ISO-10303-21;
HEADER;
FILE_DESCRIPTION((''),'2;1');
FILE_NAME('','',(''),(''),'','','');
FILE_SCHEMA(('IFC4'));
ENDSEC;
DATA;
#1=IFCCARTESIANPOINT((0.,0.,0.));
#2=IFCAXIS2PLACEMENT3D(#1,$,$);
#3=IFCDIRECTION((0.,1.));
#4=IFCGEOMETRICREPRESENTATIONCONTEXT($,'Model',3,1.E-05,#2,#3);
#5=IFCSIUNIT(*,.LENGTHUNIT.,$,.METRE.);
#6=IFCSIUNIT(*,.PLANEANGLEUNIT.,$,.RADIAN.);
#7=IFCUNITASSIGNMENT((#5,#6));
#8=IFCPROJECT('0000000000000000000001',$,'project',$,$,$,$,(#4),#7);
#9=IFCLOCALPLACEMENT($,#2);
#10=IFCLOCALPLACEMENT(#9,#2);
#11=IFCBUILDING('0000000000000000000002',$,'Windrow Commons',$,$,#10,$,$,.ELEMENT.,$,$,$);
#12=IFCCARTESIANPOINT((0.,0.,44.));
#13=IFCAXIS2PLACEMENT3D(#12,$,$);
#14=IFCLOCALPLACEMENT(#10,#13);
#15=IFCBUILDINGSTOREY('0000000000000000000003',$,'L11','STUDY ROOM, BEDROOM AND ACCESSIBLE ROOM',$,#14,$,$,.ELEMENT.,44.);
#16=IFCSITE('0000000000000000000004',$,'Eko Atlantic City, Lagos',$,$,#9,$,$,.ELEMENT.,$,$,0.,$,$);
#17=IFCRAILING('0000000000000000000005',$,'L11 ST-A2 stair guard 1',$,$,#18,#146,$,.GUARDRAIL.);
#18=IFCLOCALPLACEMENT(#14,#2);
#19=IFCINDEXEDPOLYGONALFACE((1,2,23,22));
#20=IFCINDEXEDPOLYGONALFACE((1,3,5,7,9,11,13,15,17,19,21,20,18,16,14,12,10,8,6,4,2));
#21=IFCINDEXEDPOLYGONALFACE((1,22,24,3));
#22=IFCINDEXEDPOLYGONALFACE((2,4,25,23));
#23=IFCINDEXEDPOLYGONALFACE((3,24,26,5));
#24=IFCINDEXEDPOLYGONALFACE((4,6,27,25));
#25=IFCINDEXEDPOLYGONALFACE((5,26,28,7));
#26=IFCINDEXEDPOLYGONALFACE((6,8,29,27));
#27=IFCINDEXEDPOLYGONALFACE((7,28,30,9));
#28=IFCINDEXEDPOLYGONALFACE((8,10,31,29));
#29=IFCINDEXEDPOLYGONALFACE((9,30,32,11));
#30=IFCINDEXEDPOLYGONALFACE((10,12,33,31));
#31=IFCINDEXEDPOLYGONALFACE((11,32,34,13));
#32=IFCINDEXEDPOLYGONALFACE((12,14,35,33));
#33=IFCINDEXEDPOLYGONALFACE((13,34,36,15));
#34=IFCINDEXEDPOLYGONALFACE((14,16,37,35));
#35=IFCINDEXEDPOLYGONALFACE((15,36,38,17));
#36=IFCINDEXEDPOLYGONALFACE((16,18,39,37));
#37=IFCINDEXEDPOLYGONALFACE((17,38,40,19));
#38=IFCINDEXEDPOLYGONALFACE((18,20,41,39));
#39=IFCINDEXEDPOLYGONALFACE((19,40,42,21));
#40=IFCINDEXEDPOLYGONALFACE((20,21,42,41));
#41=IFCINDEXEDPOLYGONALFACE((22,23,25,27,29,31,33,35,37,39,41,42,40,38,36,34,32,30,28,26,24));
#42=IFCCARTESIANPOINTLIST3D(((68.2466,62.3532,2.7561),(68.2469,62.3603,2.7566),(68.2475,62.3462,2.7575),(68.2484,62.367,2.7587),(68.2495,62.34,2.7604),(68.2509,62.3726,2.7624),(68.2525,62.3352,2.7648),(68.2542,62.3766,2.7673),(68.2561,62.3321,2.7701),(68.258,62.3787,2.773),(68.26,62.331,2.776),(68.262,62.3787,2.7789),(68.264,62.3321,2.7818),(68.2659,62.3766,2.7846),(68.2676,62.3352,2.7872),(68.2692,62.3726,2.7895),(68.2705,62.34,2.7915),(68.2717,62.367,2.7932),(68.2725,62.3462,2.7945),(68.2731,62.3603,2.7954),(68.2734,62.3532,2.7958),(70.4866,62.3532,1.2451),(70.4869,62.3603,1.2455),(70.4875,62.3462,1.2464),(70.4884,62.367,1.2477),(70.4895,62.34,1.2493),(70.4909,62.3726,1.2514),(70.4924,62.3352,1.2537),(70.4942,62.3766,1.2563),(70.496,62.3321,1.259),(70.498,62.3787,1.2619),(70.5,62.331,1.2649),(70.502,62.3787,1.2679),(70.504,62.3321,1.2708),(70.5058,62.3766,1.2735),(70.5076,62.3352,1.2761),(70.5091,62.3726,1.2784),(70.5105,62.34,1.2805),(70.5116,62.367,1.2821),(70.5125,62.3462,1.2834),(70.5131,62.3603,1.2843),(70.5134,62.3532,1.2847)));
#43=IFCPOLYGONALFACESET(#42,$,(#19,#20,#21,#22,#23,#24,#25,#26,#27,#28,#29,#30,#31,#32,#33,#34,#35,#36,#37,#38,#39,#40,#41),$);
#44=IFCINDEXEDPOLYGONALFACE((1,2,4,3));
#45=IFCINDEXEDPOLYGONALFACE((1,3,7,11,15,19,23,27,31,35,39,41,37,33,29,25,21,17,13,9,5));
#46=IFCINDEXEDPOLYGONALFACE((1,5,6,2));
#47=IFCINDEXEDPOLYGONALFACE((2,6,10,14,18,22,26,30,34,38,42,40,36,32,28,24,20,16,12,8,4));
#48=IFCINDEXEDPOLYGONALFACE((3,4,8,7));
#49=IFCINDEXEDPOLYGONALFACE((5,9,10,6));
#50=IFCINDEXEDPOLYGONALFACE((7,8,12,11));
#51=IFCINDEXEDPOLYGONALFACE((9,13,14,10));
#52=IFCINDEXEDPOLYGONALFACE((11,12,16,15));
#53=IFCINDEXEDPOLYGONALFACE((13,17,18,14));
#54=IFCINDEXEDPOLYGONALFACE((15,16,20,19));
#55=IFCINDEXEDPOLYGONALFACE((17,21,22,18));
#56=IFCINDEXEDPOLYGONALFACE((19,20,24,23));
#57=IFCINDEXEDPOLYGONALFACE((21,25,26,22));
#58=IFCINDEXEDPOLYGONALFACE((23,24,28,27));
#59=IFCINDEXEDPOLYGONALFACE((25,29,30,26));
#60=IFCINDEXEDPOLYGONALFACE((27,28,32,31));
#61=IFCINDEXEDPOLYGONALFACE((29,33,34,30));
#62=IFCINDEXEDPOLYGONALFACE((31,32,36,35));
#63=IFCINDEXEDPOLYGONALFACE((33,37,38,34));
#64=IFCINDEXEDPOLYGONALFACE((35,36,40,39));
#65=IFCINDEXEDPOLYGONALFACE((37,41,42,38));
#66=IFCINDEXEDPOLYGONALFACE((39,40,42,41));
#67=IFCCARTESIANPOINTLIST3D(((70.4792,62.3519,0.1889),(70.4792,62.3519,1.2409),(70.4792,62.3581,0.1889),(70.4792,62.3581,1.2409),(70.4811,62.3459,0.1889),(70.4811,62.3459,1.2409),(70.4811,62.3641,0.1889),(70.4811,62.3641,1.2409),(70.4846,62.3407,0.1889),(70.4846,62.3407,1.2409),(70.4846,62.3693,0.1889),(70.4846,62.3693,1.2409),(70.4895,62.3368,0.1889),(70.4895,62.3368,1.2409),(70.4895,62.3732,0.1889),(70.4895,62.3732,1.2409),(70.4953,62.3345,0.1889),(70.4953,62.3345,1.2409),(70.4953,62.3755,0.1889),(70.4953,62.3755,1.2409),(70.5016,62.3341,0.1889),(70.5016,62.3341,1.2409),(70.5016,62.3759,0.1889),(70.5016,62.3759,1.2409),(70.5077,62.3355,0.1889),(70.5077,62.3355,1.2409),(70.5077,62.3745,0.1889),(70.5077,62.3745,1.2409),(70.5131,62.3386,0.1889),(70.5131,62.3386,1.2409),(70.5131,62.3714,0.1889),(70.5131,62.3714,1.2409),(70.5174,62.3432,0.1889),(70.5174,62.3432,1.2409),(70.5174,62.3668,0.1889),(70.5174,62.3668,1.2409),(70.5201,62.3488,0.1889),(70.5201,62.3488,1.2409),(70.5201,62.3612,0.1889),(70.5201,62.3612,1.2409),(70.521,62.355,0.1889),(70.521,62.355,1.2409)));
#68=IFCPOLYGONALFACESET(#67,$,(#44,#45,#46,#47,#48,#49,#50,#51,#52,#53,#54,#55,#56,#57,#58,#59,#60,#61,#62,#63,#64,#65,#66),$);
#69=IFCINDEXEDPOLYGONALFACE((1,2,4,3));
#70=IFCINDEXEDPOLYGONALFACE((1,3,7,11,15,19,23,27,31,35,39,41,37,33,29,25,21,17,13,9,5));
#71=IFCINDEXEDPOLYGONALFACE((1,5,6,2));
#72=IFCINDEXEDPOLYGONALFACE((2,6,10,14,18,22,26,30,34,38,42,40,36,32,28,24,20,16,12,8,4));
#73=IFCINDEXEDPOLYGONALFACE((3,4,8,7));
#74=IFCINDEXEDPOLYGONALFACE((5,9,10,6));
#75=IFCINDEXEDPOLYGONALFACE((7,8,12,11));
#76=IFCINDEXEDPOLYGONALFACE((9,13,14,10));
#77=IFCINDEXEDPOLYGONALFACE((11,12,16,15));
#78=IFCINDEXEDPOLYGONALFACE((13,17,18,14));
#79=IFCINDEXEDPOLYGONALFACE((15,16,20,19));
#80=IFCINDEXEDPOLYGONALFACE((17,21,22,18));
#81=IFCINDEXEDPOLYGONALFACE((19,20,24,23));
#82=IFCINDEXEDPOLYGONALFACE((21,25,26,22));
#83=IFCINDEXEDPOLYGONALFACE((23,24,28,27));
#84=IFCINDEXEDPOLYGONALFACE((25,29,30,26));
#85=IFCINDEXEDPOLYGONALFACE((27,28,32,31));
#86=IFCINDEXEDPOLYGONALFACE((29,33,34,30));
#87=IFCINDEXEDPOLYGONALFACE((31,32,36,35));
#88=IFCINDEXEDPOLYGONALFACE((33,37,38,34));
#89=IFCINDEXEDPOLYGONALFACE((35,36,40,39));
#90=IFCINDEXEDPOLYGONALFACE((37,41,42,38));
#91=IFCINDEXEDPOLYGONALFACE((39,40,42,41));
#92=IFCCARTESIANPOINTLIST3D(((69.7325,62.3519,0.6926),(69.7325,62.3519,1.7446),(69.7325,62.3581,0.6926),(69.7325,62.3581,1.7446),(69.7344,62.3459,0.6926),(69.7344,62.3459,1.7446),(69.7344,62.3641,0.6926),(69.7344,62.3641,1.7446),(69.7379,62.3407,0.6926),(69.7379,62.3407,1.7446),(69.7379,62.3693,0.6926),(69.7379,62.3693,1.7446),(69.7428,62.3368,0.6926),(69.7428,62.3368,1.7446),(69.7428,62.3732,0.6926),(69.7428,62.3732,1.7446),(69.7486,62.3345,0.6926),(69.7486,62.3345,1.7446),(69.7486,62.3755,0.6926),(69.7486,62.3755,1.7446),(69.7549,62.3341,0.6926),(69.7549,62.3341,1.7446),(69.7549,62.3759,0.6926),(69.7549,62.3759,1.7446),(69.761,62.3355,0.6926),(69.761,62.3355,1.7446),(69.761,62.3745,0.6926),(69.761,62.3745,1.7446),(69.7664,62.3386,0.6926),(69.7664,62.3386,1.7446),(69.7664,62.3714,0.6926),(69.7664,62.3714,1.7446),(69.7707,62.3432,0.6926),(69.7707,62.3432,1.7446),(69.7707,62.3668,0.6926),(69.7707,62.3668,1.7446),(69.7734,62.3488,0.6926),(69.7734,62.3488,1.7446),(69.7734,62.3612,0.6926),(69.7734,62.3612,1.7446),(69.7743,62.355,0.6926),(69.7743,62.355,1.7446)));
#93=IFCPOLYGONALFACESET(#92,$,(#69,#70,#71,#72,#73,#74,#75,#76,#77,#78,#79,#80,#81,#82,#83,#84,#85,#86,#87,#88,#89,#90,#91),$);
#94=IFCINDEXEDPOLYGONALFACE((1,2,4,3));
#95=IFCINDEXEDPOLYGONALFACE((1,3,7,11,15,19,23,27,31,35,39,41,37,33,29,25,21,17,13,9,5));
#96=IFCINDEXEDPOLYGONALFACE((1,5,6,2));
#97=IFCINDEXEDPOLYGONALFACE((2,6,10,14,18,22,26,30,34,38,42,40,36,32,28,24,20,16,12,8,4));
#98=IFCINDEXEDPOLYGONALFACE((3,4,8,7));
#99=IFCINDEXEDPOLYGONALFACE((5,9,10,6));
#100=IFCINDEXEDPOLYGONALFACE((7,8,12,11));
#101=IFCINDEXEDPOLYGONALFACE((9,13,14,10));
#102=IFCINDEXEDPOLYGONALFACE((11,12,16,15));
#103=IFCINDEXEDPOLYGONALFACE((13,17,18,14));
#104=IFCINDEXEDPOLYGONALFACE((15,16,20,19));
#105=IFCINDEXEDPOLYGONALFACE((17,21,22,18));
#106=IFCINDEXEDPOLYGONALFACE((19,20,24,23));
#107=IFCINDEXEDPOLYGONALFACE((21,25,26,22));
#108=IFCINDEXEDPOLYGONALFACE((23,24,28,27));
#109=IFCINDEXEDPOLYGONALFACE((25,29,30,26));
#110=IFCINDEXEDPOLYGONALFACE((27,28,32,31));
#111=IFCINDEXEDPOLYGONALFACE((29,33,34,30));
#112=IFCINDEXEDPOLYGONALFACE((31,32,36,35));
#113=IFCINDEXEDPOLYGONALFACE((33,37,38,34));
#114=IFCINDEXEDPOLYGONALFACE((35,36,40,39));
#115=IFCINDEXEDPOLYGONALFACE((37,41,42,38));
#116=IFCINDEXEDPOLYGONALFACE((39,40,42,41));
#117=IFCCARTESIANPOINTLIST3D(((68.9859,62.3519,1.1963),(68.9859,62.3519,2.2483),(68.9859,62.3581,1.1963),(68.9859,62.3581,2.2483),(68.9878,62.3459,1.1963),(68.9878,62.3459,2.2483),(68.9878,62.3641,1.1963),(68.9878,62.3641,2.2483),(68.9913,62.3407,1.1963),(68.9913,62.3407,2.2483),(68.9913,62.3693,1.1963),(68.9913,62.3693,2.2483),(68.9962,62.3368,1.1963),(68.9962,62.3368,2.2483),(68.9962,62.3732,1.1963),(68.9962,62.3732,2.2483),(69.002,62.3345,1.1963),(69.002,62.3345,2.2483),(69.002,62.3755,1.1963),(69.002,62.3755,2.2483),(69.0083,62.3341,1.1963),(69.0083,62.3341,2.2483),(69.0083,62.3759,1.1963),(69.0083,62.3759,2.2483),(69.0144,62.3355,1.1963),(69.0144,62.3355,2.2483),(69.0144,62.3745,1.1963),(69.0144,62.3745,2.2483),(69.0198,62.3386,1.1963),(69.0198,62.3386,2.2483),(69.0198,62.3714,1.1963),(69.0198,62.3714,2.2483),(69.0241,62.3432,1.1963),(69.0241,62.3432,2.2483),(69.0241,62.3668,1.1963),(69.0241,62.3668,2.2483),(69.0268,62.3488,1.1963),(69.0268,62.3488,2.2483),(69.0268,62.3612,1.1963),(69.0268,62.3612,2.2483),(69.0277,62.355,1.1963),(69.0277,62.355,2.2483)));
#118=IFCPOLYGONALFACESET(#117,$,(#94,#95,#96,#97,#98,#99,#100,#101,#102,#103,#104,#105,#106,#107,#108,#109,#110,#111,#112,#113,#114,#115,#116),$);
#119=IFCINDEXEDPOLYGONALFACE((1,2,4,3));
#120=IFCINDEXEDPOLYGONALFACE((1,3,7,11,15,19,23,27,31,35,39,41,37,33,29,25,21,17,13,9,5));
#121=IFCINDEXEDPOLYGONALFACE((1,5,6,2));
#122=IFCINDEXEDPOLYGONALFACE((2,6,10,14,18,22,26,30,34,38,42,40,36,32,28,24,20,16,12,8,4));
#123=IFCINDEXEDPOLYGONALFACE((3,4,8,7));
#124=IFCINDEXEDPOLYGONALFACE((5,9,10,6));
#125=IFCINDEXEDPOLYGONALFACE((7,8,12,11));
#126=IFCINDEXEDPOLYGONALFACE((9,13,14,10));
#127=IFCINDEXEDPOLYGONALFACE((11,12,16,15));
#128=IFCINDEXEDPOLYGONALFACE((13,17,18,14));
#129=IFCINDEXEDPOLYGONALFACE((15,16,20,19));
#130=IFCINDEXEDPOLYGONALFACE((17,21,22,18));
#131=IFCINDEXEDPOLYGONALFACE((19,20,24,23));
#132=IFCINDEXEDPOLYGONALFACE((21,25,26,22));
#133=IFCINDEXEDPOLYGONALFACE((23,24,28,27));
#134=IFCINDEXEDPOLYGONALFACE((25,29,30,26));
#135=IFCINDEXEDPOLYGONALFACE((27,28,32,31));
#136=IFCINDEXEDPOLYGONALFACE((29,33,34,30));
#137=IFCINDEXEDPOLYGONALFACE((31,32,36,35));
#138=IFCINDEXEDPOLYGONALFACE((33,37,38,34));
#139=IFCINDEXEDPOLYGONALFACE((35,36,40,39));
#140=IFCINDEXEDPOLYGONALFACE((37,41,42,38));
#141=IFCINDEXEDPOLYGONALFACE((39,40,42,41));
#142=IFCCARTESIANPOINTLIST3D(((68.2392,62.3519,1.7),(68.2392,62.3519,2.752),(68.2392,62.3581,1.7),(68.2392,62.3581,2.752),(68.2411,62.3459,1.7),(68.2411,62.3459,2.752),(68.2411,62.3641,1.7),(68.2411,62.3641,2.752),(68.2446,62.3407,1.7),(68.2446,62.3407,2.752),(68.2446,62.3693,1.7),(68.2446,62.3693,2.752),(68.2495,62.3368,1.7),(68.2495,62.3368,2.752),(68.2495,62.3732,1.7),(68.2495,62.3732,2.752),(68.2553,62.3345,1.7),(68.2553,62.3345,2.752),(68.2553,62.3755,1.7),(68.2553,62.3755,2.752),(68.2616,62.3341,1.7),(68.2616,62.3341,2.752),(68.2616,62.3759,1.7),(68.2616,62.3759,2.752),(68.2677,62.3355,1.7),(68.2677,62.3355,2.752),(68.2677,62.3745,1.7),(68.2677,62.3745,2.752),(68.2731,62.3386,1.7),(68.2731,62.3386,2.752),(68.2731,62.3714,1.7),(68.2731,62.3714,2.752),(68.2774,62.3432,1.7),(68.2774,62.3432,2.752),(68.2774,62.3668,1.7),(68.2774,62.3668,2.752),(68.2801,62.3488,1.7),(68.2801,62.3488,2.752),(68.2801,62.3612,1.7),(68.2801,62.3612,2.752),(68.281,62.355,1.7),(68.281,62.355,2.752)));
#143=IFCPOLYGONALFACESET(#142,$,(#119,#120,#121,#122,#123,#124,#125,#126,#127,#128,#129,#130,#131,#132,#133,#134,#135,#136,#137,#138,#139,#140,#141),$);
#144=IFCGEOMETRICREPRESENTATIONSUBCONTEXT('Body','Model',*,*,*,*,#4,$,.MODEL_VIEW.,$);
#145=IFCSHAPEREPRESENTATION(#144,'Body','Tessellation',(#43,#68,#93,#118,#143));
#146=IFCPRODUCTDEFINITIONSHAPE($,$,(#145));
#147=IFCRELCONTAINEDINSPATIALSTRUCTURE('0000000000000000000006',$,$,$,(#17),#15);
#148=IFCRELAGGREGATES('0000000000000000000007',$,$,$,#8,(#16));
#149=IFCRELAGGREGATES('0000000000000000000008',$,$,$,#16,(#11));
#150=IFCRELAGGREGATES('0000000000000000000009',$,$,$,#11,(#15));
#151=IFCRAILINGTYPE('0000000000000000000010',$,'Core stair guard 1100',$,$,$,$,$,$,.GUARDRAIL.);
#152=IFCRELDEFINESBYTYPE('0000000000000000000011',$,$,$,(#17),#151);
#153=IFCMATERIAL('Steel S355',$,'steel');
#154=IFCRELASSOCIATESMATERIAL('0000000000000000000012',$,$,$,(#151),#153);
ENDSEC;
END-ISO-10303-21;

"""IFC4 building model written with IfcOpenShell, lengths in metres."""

from ifc_helpers import new_model, si_unit, direction, frame, origin, origin_2d, place, context, subcontext, project, spatial, circle, extrude, material, type_object, element, save


model = new_model("IFC4")

# Units and contexts
model_context = context("Model", 3, precision=1e-05, world=origin(), true_north=direction((0.0, 1.0)))
body_context = subcontext(model_context, "Body", "Model", "MODEL_VIEW")
ifc_project = project(units=[si_unit("LENGTHUNIT", "METRE"), si_unit("PLANEANGLEUNIT", "RADIAN")], contexts=[model_context])

# Site, building, storey
site_placement = place(None, origin())
site = spatial("IfcSite", under=ifc_project, at=site_placement, Name="Eko Atlantic City, Lagos", CompositionType="ELEMENT", RefElevation=0.0)
building_placement = place(site_placement, origin())
building = spatial("IfcBuilding", under=site, at=building_placement, Name="Windrow Commons", CompositionType="ELEMENT")
storey_placement = place(building_placement, frame((0.0, 0.0, 44.0)))
storey = spatial("IfcBuildingStorey", under=building, at=storey_placement, Name="L11", Description="STUDY ROOM, BEDROOM AND ACCESSIBLE ROOM", CompositionType="ELEMENT", Elevation=44.0)

# Railing
ifc_material_1 = material(Name="Steel S355", Category="steel")
railing_type_1 = type_object("IfcRailingType", Name="Core stair guard 1100", PredefinedType="GUARDRAIL", material=ifc_material_1)
railing_1_placement = place(storey_placement, frame((70.5, 62.355, 0.1889)))
element("IfcRailing", 1, at=railing_1_placement, inside=storey, type_object=railing_type_1, Name="L11 ST-A2 stair guard 1", PredefinedType="GUARDRAIL", context=body_context, shape_type="SweptSolid", body=[
    extrude(circle(Radius=0.024, at=origin_2d()), frame((0.0, 0.0, 1.076), z_axis=(-0.829003, 0.0, 0.559244), x_axis=(0.0, -1.0, 0.0)), (0.0, 0.0, 1.0), 2.702),
    extrude(circle(Radius=0.021, at=origin_2d()), origin(), (0.0, 0.0, 1.0), 1.052),
    extrude(circle(Radius=0.021, at=origin_2d()), frame((-0.7467, 0.0, 0.5037)), (0.0, 0.0, 1.0), 1.052),
    extrude(circle(Radius=0.021, at=origin_2d()), frame((-1.4933, 0.0, 1.0074)), (0.0, 0.0, 1.0), 1.052),
    extrude(circle(Radius=0.021, at=origin_2d()), frame((-2.24, 0.0, 1.5111)), (0.0, 0.0, 1.0), 1.052),
])

save(model, "model.ifc")
